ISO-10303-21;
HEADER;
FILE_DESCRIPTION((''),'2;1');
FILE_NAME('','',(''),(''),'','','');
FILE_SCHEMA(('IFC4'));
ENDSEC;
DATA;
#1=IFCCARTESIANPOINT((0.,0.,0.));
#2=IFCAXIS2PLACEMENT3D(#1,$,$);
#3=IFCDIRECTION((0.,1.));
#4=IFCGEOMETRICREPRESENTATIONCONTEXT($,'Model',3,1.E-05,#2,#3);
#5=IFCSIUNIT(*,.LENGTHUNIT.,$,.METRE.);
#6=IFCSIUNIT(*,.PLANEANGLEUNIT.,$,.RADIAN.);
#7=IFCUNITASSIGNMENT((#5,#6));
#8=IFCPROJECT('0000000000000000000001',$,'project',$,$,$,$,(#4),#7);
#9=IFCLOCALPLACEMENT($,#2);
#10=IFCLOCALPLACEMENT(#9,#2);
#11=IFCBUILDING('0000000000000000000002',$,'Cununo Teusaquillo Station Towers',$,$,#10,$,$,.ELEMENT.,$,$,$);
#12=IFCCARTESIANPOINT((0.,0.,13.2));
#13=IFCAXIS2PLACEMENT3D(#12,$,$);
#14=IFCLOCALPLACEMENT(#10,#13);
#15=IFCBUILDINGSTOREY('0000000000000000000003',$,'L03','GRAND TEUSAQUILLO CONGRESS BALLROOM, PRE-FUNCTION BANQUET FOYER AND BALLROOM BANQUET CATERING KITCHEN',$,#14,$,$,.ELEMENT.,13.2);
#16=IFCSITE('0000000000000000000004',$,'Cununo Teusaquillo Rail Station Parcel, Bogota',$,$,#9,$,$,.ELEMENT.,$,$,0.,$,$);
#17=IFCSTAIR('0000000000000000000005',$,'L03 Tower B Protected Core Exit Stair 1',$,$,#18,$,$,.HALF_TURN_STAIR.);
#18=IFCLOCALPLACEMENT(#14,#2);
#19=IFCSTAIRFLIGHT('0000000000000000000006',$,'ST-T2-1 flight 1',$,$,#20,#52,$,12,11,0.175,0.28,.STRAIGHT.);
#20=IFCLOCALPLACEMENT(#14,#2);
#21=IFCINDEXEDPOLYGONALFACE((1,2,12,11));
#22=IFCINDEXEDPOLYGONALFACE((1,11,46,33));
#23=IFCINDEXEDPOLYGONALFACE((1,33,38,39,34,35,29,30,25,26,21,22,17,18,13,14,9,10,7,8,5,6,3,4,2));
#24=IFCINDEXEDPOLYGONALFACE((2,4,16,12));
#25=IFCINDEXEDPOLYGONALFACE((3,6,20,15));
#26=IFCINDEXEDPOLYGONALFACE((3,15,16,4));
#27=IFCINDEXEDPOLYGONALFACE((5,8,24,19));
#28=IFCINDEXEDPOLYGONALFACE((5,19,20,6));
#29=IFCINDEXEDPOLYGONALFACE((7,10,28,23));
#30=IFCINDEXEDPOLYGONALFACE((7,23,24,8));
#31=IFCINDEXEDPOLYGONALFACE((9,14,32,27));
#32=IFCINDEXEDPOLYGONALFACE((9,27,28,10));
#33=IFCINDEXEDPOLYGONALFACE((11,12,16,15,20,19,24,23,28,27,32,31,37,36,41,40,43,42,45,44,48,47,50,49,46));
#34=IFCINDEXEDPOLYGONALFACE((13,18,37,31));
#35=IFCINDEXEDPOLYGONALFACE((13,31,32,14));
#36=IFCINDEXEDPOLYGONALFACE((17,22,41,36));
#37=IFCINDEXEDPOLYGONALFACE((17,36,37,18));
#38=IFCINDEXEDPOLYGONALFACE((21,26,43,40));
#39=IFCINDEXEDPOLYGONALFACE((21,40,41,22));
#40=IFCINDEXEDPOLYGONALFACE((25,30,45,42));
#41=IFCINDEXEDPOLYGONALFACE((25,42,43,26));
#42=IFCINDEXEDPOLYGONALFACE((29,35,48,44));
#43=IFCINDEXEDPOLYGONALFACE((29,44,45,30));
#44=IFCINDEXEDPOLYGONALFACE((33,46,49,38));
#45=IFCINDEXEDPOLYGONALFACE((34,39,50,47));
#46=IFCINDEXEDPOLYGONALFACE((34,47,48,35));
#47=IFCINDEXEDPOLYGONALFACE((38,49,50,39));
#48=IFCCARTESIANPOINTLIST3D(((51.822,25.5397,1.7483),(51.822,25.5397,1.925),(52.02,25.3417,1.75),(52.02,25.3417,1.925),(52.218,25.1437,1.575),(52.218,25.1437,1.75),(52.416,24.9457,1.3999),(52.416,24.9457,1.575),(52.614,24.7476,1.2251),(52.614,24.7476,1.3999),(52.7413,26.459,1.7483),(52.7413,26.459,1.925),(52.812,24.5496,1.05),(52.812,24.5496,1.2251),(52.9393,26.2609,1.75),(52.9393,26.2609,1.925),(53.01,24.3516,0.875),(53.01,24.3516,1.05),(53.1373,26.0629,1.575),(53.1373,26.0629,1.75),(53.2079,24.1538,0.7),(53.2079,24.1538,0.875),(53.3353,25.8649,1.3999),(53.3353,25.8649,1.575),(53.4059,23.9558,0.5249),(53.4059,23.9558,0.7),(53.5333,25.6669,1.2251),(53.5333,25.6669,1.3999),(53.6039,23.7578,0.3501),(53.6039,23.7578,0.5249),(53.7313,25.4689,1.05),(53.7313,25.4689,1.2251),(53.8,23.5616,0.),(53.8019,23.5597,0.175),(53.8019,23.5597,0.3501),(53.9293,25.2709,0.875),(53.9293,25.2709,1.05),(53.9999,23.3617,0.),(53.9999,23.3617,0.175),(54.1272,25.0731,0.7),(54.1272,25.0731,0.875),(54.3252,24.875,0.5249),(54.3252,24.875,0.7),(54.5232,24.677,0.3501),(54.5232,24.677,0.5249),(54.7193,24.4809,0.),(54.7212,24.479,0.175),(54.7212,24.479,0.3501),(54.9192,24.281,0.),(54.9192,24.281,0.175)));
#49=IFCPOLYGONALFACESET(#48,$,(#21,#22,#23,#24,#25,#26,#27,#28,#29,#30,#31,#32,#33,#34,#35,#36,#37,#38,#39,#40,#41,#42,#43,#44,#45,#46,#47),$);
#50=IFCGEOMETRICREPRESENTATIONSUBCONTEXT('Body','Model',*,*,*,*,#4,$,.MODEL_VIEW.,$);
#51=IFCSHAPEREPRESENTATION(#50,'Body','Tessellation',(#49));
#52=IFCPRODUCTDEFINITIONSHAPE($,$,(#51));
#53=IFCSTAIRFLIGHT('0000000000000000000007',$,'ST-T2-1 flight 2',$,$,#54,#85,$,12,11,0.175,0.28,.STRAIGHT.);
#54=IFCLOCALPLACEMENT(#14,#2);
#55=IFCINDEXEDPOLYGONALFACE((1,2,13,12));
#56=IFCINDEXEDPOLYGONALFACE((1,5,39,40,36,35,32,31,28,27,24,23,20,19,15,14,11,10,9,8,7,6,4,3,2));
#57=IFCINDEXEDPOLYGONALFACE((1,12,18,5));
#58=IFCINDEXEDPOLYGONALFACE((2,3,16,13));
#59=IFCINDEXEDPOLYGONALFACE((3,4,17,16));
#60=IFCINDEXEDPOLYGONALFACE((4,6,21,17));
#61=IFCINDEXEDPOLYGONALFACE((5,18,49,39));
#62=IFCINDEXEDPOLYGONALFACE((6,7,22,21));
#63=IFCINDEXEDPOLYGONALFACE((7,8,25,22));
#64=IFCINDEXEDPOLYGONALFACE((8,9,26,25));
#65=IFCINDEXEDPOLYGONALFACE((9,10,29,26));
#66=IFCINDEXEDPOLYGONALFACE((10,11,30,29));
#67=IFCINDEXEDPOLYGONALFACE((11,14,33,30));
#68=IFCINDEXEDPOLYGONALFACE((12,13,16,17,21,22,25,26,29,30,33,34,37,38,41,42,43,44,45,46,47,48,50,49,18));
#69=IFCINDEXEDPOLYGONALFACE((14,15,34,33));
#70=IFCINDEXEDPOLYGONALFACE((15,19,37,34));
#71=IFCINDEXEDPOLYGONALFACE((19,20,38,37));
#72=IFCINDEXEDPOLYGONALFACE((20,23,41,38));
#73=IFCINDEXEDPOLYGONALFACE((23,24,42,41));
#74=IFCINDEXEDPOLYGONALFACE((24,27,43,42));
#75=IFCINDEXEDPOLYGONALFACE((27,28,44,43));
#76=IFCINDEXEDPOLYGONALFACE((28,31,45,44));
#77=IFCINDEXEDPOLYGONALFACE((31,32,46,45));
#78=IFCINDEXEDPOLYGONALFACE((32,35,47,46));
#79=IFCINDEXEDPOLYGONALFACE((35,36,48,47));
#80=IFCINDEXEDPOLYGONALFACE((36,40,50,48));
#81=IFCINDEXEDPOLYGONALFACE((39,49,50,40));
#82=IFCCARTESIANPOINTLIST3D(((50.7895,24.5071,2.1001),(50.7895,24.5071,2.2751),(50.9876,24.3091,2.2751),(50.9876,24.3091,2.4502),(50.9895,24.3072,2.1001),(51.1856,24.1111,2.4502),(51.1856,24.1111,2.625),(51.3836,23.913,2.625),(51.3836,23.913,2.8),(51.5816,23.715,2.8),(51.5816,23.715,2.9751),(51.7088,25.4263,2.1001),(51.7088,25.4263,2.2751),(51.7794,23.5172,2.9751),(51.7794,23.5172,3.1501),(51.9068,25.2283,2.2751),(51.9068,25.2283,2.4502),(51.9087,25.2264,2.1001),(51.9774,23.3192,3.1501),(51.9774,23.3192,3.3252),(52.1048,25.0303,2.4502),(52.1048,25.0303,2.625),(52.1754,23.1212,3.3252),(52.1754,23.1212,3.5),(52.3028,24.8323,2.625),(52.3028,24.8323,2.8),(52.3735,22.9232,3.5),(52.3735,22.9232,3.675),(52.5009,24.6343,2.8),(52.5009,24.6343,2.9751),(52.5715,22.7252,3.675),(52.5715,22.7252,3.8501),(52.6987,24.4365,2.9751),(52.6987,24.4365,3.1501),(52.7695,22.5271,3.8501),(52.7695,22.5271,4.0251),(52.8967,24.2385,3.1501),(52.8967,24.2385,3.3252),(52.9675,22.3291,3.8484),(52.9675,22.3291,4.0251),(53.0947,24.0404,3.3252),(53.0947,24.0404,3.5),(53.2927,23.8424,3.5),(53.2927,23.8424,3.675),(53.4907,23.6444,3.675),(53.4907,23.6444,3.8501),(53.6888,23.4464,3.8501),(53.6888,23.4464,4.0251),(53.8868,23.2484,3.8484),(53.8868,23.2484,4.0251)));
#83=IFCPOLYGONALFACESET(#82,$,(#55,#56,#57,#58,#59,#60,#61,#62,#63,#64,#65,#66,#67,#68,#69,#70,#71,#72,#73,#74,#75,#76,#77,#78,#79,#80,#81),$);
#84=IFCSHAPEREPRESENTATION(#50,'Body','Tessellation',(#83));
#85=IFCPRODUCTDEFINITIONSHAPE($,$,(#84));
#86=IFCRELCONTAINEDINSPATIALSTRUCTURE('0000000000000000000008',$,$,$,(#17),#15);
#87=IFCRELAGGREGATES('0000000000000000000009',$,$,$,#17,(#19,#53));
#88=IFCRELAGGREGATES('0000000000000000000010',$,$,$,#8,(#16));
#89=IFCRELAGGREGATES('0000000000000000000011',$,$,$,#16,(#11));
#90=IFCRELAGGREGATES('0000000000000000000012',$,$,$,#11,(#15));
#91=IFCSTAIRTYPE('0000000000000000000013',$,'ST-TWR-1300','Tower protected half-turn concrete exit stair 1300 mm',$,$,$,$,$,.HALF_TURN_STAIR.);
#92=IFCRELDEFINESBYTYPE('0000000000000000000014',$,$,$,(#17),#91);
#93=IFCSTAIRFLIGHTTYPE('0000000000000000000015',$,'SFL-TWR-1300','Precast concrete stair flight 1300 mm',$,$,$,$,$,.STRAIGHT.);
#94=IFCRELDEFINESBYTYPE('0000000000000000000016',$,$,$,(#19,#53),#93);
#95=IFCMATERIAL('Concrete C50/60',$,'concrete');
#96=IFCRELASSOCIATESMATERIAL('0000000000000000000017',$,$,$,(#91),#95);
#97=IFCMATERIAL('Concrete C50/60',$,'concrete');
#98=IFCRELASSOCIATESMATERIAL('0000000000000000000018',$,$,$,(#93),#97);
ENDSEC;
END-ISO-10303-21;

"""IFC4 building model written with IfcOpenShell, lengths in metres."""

from ifc_helpers import new_model, si_unit, direction, frame, origin, place, context, subcontext, project, spatial, polyline, outline, extrude, material, type_object, element, aggregate, save


model = new_model("IFC4")

# Units and contexts
model_context = context("Model", 3, precision=1e-05, world=origin(), true_north=direction((0.0, 1.0)))
body_context = subcontext(model_context, "Body", "Model", "MODEL_VIEW")
ifc_project = project(units=[si_unit("LENGTHUNIT", "METRE"), si_unit("PLANEANGLEUNIT", "RADIAN")], contexts=[model_context])

# Site, building, storey
site_placement = place(None, origin())
site = spatial("IfcSite", under=ifc_project, at=site_placement, Name="Cununo Teusaquillo Rail Station Parcel, Bogota", CompositionType="ELEMENT", RefElevation=0.0)
building_placement = place(site_placement, origin())
building = spatial("IfcBuilding", under=site, at=building_placement, Name="Cununo Teusaquillo Station Towers", CompositionType="ELEMENT")
storey_placement = place(building_placement, frame((0.0, 0.0, 13.2)))
storey = spatial("IfcBuildingStorey", under=building, at=storey_placement, Name="L03", Description="GRAND TEUSAQUILLO CONGRESS BALLROOM, PRE-FUNCTION BANQUET FOYER AND BALLROOM BANQUET CATERING KITCHEN", CompositionType="ELEMENT", Elevation=13.2)

# Stair, stair flights
ifc_material_1 = material(Name="Concrete C50/60", Category="concrete")
stair_type = type_object("IfcStairType", Name="ST-TWR-1300", Description="Tower protected half-turn concrete exit stair 1300 mm", PredefinedType="HALF_TURN_STAIR", material=ifc_material_1)
stair_placement = place(storey_placement, origin())
stair = element("IfcStair", 1, at=stair_placement, inside=storey, type_object=stair_type, Name="L03 Tower B Protected Core Exit Stair 1", PredefinedType="HALF_TURN_STAIR")
ifc_material_2 = material(Name="Concrete C50/60", Category="concrete")
stair_flight_type = type_object("IfcStairFlightType", Name="SFL-TWR-1300", Description="Precast concrete stair flight 1300 mm", PredefinedType="STRAIGHT", material=ifc_material_2)
stair_flight_1_placement = place(storey_placement, frame((54.4595, 23.8213, 0.0), z_axis=(0.0, 0.0, 1.0), x_axis=(-0.707107, 0.707107, 0.0)))
stair_flight_1 = element("IfcStairFlight", 2, at=stair_flight_1_placement, type_object=stair_flight_type, Name="ST-T2-1 flight 1", NumberOfRisers=12, NumberOfTreads=11, PredefinedType="STRAIGHT", RiserHeight=0.175, TreadLength=0.28, context=body_context, shape_type="SweptSolid", body=[
    extrude(outline(polyline([(0.0, 0.0), (0.0, 0.175), (0.28, 0.175), (0.28, 0.3501), (0.5601, 0.3501), (0.5601, 0.5249), (0.8401, 0.5249), (0.8401, 0.7), (1.1201, 0.7), (1.1201, 0.875), (1.3999, 0.875), (1.3999, 1.05), (1.6799, 1.05), (1.6799, 1.2251), (1.96, 1.2251), (1.96, 1.3999), (2.24, 1.3999), (2.24, 1.575), (2.52, 1.575), (2.52, 1.75), (2.8, 1.75), (2.8, 1.925), (3.0801, 1.925), (3.0801, 2.1001), (3.0801, 1.7483), (0.2827, 0.0), (0.0, 0.0)])), frame((0.0, 0.6499, 0.0), z_axis=(0.0, -1.0, 0.0), x_axis=(1.0, 0.0, 0.0)), (0.0, 0.0, 1.0), 1.3),
])
stair_flight_2_placement = place(storey_placement, frame((51.2493, 24.9668, 2.1001), z_axis=(0.0, 0.0, 1.0), x_axis=(0.707107, -0.707107, 0.0)))
stair_flight_2 = element("IfcStairFlight", 3, at=stair_flight_2_placement, type_object=stair_flight_type, Name="ST-T2-1 flight 2", NumberOfRisers=12, NumberOfTreads=11, PredefinedType="STRAIGHT", RiserHeight=0.175, TreadLength=0.28, context=body_context, shape_type="SweptSolid", body=[
    extrude(outline(polyline([(0.0, 0.0), (0.0, 0.175), (0.28, 0.175), (0.28, 0.3501), (0.5601, 0.3501), (0.5601, 0.5249), (0.8401, 0.5249), (0.8401, 0.7), (1.1201, 0.7), (1.1201, 0.875), (1.3999, 0.875), (1.3999, 1.05), (1.6799, 1.05), (1.6799, 1.2251), (1.96, 1.2251), (1.96, 1.3999), (2.24, 1.3999), (2.24, 1.575), (2.52, 1.575), (2.52, 1.75), (2.8, 1.75), (2.8, 1.925), (3.0801, 1.925), (3.0801, 2.1001), (3.0801, 1.7483), (0.2827, 0.0), (0.0, 0.0)])), frame((0.0, 0.6499, 0.0), z_axis=(0.0, -1.0, 0.0), x_axis=(1.0, 0.0, 0.0)), (0.0, 0.0, 1.0), 1.3),
])
aggregate(stair, [stair_flight_1, stair_flight_2])

save(model, "model.ifc")
